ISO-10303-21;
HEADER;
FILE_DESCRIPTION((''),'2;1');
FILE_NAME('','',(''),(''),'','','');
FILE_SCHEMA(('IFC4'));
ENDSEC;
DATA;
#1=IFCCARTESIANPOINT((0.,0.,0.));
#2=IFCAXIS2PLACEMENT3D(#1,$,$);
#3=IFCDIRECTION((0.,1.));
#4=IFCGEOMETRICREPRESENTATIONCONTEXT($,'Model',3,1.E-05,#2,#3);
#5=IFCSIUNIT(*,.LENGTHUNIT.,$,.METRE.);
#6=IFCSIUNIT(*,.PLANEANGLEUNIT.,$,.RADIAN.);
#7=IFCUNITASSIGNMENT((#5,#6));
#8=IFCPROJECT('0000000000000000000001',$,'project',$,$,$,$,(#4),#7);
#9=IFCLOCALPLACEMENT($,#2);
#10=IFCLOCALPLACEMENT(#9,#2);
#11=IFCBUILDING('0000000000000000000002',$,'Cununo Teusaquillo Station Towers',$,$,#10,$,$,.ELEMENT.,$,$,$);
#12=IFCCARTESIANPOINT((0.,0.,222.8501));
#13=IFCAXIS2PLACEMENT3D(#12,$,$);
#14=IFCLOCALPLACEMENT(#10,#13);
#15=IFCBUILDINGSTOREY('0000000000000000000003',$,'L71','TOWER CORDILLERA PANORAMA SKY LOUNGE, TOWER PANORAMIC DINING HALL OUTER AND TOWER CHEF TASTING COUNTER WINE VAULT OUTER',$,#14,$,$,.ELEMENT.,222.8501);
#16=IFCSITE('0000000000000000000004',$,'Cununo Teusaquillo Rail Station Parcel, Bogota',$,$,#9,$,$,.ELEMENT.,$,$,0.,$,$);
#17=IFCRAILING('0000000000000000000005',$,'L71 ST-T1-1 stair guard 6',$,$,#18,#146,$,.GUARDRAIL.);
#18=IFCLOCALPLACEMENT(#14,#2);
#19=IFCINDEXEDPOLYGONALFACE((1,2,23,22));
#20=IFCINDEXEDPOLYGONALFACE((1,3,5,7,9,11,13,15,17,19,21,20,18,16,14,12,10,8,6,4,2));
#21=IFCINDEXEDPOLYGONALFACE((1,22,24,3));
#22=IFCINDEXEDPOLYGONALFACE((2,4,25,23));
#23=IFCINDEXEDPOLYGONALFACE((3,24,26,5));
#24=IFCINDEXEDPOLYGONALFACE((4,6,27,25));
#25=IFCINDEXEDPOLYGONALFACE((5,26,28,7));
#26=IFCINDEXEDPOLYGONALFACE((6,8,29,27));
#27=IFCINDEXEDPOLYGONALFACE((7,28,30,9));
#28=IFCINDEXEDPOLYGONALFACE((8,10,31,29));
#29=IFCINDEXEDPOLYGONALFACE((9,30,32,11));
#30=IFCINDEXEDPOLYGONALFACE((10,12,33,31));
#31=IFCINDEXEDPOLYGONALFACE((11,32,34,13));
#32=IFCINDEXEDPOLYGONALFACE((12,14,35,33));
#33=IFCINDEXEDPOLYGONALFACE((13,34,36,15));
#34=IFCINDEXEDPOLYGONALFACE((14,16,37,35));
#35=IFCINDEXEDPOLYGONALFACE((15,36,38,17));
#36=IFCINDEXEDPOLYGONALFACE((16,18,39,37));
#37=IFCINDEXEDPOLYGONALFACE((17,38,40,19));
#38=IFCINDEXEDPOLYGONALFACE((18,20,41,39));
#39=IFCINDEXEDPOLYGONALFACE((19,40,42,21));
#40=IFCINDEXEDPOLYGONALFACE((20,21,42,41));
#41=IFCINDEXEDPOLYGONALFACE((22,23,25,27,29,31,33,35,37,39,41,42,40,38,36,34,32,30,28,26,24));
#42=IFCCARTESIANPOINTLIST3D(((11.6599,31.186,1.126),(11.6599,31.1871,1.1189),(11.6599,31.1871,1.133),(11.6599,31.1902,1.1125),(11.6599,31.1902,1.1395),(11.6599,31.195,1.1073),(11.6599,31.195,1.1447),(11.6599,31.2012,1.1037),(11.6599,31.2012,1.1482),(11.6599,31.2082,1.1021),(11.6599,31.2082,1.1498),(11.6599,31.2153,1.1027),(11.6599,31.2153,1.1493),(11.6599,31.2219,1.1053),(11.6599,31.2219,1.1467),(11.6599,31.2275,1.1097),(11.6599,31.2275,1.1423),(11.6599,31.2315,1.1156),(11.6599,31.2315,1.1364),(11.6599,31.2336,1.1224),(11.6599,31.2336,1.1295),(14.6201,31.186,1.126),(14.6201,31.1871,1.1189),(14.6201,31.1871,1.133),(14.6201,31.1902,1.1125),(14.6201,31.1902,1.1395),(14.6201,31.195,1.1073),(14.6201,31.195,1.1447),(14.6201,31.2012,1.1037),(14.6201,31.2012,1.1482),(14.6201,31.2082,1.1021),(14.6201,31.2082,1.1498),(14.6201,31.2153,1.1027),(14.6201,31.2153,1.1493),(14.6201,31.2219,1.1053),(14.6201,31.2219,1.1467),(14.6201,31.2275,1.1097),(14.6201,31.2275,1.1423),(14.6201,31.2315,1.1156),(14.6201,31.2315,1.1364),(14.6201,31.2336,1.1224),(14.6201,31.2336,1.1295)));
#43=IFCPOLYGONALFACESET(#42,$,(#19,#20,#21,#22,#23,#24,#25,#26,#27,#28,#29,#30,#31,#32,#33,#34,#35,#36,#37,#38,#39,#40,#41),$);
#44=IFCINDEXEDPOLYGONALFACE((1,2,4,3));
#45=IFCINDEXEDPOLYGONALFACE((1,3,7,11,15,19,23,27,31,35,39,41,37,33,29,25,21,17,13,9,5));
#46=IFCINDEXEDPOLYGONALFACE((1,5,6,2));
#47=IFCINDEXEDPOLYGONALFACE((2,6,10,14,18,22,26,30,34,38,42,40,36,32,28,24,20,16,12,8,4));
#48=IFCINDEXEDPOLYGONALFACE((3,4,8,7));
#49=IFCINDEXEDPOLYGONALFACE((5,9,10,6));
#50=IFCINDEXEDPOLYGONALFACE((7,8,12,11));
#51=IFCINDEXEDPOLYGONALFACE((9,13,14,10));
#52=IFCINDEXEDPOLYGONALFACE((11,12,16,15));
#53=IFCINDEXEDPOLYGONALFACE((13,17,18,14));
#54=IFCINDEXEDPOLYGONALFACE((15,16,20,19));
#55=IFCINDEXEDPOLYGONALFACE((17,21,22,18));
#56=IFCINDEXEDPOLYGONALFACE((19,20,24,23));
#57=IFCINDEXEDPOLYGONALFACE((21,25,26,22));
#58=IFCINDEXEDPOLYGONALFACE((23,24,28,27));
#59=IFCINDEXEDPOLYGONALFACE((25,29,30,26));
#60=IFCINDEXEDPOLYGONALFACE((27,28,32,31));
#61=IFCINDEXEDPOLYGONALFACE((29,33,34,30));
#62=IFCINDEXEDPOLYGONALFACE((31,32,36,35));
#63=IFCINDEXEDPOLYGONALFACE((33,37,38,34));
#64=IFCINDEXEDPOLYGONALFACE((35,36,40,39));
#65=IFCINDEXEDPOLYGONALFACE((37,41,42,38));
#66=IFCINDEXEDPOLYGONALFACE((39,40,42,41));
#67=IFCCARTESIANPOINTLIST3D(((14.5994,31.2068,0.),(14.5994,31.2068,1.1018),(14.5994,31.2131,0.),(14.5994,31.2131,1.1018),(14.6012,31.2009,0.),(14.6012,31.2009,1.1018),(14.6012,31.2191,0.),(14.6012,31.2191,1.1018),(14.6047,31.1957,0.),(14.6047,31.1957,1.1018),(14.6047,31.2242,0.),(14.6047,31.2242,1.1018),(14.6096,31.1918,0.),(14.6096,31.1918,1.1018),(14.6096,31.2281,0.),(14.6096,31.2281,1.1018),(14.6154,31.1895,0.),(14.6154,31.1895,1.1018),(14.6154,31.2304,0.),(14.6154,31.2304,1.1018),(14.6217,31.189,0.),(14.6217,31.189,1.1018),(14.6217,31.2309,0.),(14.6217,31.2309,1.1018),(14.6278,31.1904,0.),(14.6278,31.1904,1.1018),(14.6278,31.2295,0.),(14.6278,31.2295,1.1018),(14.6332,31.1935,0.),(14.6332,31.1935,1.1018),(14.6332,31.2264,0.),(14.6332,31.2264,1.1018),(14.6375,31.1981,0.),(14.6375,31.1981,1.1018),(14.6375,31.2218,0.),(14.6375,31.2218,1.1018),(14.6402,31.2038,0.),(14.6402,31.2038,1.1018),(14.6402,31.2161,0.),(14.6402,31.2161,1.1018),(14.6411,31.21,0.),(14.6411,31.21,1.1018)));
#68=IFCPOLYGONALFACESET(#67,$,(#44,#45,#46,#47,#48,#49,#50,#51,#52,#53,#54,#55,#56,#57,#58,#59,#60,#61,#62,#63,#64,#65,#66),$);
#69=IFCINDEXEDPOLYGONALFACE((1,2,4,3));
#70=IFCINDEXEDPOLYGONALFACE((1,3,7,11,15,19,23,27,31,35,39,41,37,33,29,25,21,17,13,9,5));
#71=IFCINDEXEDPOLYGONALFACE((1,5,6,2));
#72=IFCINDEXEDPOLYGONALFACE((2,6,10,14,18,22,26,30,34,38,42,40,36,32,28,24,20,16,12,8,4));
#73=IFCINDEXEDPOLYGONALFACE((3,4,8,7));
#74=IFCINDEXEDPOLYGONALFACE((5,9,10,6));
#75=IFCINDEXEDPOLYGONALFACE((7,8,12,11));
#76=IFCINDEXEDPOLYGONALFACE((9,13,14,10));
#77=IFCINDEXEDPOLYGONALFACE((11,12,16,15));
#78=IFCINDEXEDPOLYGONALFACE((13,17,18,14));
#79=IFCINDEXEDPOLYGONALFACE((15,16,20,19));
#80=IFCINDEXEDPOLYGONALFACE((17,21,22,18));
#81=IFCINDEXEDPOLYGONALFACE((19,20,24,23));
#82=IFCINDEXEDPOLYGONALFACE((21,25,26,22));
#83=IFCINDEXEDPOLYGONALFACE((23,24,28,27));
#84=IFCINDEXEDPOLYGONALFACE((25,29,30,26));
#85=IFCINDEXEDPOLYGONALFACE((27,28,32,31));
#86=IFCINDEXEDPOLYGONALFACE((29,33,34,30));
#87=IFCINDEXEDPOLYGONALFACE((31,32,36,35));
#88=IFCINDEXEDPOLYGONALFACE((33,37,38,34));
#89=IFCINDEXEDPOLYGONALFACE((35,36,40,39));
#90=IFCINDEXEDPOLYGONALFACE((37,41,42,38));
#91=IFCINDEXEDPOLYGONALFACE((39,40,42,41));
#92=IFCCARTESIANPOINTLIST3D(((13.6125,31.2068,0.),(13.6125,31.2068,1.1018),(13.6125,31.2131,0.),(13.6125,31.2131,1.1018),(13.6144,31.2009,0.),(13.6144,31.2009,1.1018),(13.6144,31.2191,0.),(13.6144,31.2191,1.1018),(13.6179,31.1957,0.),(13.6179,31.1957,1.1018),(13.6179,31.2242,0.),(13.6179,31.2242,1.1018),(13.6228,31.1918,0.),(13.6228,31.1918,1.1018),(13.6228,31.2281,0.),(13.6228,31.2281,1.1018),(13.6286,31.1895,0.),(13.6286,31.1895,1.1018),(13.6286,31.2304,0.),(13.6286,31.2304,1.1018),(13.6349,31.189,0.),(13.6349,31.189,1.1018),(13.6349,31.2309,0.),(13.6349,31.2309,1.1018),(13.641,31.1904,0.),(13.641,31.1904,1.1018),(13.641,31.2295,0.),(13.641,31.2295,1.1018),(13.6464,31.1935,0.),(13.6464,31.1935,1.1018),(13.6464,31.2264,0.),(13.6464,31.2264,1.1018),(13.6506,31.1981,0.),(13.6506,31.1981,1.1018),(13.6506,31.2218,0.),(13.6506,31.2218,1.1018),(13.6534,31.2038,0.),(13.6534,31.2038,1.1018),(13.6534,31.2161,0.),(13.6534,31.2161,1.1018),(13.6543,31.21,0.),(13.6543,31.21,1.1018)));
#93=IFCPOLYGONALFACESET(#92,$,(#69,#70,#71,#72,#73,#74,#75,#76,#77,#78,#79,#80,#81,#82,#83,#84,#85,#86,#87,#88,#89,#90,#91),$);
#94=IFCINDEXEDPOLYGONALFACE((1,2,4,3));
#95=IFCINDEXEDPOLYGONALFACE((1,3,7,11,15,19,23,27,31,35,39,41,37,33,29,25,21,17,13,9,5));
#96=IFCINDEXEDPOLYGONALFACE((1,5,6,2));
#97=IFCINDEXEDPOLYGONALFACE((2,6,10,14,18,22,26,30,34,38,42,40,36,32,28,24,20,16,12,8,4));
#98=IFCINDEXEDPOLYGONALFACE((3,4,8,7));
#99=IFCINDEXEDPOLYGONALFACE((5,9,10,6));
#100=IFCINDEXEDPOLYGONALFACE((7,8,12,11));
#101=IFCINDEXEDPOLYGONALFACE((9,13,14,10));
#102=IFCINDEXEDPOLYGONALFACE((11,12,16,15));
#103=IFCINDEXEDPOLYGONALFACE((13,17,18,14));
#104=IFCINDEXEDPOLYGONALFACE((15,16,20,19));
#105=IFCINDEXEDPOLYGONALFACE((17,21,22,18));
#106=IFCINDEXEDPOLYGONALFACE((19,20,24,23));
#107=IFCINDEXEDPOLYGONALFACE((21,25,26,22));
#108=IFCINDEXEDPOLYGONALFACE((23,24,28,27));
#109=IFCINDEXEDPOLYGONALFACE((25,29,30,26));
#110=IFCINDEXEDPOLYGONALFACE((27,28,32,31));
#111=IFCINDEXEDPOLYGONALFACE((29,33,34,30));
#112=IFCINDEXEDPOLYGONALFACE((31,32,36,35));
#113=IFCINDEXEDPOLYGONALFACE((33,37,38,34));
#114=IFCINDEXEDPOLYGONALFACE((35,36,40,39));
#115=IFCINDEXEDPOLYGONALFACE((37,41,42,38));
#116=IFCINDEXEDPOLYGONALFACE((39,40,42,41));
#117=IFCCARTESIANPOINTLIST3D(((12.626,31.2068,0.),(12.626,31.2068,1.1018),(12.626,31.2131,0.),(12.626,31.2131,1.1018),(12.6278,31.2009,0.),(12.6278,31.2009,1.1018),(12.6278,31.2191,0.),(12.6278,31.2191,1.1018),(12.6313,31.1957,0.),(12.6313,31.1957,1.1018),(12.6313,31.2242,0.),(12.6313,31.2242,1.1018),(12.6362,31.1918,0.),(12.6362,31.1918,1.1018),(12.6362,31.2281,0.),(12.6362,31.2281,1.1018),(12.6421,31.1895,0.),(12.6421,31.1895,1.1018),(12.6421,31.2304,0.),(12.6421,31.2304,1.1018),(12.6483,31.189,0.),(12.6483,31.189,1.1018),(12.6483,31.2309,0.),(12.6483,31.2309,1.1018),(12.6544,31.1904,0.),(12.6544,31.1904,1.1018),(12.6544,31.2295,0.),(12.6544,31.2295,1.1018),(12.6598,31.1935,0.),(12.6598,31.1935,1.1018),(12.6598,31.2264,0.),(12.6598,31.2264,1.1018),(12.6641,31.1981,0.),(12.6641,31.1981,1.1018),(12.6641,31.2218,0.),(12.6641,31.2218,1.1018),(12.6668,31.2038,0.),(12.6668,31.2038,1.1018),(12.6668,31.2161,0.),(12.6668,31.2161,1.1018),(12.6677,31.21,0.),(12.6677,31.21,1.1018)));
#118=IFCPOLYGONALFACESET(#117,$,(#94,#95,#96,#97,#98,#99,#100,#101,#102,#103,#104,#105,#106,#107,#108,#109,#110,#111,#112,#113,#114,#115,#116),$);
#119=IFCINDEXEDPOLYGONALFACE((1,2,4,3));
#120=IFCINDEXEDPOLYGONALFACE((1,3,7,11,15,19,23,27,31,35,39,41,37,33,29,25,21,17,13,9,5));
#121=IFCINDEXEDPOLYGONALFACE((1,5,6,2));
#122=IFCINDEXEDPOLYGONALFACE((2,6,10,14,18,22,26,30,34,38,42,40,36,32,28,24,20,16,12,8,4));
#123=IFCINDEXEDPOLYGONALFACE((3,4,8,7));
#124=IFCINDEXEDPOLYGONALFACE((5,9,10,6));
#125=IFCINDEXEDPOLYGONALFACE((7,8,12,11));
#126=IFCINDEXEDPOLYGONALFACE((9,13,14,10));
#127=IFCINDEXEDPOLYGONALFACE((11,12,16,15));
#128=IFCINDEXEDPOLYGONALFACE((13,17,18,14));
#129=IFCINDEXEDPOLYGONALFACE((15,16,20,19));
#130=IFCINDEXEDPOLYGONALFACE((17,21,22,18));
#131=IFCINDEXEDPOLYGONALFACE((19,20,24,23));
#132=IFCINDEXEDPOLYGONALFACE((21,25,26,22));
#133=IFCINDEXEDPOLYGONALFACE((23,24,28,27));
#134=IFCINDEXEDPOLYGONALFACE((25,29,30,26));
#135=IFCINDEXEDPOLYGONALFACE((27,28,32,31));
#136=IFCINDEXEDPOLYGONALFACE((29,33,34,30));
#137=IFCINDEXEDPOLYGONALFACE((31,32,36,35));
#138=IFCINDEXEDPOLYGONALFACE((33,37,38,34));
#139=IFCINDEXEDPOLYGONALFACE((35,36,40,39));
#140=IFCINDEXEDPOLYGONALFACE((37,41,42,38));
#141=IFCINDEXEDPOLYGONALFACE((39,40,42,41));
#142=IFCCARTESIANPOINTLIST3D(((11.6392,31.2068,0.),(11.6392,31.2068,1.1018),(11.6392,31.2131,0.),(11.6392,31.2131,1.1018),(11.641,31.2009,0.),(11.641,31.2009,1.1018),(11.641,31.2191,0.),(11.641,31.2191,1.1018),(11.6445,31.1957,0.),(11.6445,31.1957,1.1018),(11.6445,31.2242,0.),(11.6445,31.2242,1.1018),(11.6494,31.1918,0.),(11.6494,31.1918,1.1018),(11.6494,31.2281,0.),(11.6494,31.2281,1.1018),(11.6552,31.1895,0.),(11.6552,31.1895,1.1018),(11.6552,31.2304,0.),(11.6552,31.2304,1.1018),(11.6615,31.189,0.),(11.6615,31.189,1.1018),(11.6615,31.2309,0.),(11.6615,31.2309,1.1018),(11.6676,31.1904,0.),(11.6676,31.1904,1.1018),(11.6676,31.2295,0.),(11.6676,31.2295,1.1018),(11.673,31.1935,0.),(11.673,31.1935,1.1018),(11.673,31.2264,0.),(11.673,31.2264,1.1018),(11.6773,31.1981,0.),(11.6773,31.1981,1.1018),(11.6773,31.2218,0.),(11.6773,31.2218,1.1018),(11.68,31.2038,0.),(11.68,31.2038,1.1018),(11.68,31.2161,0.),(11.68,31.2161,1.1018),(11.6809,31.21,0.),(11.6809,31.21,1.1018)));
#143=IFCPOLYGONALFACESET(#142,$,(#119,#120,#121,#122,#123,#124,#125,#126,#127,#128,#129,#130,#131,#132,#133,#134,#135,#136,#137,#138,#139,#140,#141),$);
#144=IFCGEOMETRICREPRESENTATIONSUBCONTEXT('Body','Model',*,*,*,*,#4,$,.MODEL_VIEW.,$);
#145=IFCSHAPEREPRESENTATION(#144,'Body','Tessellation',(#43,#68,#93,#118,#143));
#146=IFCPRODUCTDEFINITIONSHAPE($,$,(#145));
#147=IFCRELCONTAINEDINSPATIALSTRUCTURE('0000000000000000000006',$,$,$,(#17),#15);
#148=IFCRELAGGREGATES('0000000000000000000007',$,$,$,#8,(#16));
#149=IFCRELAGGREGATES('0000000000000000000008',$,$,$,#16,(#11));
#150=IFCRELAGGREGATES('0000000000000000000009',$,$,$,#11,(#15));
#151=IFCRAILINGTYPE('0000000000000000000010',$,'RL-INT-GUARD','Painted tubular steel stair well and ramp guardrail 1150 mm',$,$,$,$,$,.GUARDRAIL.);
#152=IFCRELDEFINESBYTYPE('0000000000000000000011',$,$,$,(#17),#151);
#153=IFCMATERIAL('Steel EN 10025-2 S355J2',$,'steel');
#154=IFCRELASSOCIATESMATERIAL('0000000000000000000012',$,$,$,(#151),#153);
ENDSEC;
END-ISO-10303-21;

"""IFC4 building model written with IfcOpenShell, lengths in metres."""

from ifc_helpers import new_model, si_unit, direction, frame, origin, origin_2d, place, context, subcontext, project, spatial, circle, extrude, material, type_object, element, save


model = new_model("IFC4")

# Units and contexts
model_context = context("Model", 3, precision=1e-05, world=origin(), true_north=direction((0.0, 1.0)))
body_context = subcontext(model_context, "Body", "Model", "MODEL_VIEW")
ifc_project = project(units=[si_unit("LENGTHUNIT", "METRE"), si_unit("PLANEANGLEUNIT", "RADIAN")], contexts=[model_context])

# Site, building, storey
site_placement = place(None, origin())
site = spatial("IfcSite", under=ifc_project, at=site_placement, Name="Cununo Teusaquillo Rail Station Parcel, Bogota", CompositionType="ELEMENT", RefElevation=0.0)
building_placement = place(site_placement, origin())
building = spatial("IfcBuilding", under=site, at=building_placement, Name="Cununo Teusaquillo Station Towers", CompositionType="ELEMENT")
storey_placement = place(building_placement, frame((0.0, 0.0, 222.8501)))
storey = spatial("IfcBuildingStorey", under=building, at=storey_placement, Name="L71", Description="TOWER CORDILLERA PANORAMA SKY LOUNGE, TOWER PANORAMIC DINING HALL OUTER AND TOWER CHEF TASTING COUNTER WINE VAULT OUTER", CompositionType="ELEMENT", Elevation=222.8501)

# Railing
ifc_material_1 = material(Name="Steel EN 10025-2 S355J2", Category="steel")
railing_type_1 = type_object("IfcRailingType", Name="RL-INT-GUARD", Description="Painted tubular steel stair well and ramp guardrail 1150 mm", PredefinedType="GUARDRAIL", material=ifc_material_1)
railing_1_placement = place(storey_placement, frame((14.6201, 31.21, 0.0)))
element("IfcRailing", 1, at=railing_1_placement, inside=storey, type_object=railing_type_1, Name="L71 ST-T1-1 stair guard 6", PredefinedType="GUARDRAIL", context=body_context, shape_type="SweptSolid", body=[
    extrude(circle(Radius=0.0239, at=origin_2d()), frame((0.0, 0.0, 1.126), z_axis=(-1.0, 0.0, 0.0), x_axis=(0.0, -1.0, 0.0)), (0.0, 0.0, 1.0), 2.9602),
    extrude(circle(Radius=0.021, at=origin_2d()), origin(), (0.0, 0.0, 1.0), 1.1018),
    extrude(circle(Radius=0.021, at=origin_2d()), frame((-0.9868, 0.0, 0.0)), (0.0, 0.0, 1.0), 1.1018),
    extrude(circle(Radius=0.021, at=origin_2d()), frame((-1.9734, 0.0, 0.0)), (0.0, 0.0, 1.0), 1.1018),
    extrude(circle(Radius=0.021, at=origin_2d()), frame((-2.9602, 0.0, 0.0)), (0.0, 0.0, 1.0), 1.1018),
])

save(model, "model.ifc")
